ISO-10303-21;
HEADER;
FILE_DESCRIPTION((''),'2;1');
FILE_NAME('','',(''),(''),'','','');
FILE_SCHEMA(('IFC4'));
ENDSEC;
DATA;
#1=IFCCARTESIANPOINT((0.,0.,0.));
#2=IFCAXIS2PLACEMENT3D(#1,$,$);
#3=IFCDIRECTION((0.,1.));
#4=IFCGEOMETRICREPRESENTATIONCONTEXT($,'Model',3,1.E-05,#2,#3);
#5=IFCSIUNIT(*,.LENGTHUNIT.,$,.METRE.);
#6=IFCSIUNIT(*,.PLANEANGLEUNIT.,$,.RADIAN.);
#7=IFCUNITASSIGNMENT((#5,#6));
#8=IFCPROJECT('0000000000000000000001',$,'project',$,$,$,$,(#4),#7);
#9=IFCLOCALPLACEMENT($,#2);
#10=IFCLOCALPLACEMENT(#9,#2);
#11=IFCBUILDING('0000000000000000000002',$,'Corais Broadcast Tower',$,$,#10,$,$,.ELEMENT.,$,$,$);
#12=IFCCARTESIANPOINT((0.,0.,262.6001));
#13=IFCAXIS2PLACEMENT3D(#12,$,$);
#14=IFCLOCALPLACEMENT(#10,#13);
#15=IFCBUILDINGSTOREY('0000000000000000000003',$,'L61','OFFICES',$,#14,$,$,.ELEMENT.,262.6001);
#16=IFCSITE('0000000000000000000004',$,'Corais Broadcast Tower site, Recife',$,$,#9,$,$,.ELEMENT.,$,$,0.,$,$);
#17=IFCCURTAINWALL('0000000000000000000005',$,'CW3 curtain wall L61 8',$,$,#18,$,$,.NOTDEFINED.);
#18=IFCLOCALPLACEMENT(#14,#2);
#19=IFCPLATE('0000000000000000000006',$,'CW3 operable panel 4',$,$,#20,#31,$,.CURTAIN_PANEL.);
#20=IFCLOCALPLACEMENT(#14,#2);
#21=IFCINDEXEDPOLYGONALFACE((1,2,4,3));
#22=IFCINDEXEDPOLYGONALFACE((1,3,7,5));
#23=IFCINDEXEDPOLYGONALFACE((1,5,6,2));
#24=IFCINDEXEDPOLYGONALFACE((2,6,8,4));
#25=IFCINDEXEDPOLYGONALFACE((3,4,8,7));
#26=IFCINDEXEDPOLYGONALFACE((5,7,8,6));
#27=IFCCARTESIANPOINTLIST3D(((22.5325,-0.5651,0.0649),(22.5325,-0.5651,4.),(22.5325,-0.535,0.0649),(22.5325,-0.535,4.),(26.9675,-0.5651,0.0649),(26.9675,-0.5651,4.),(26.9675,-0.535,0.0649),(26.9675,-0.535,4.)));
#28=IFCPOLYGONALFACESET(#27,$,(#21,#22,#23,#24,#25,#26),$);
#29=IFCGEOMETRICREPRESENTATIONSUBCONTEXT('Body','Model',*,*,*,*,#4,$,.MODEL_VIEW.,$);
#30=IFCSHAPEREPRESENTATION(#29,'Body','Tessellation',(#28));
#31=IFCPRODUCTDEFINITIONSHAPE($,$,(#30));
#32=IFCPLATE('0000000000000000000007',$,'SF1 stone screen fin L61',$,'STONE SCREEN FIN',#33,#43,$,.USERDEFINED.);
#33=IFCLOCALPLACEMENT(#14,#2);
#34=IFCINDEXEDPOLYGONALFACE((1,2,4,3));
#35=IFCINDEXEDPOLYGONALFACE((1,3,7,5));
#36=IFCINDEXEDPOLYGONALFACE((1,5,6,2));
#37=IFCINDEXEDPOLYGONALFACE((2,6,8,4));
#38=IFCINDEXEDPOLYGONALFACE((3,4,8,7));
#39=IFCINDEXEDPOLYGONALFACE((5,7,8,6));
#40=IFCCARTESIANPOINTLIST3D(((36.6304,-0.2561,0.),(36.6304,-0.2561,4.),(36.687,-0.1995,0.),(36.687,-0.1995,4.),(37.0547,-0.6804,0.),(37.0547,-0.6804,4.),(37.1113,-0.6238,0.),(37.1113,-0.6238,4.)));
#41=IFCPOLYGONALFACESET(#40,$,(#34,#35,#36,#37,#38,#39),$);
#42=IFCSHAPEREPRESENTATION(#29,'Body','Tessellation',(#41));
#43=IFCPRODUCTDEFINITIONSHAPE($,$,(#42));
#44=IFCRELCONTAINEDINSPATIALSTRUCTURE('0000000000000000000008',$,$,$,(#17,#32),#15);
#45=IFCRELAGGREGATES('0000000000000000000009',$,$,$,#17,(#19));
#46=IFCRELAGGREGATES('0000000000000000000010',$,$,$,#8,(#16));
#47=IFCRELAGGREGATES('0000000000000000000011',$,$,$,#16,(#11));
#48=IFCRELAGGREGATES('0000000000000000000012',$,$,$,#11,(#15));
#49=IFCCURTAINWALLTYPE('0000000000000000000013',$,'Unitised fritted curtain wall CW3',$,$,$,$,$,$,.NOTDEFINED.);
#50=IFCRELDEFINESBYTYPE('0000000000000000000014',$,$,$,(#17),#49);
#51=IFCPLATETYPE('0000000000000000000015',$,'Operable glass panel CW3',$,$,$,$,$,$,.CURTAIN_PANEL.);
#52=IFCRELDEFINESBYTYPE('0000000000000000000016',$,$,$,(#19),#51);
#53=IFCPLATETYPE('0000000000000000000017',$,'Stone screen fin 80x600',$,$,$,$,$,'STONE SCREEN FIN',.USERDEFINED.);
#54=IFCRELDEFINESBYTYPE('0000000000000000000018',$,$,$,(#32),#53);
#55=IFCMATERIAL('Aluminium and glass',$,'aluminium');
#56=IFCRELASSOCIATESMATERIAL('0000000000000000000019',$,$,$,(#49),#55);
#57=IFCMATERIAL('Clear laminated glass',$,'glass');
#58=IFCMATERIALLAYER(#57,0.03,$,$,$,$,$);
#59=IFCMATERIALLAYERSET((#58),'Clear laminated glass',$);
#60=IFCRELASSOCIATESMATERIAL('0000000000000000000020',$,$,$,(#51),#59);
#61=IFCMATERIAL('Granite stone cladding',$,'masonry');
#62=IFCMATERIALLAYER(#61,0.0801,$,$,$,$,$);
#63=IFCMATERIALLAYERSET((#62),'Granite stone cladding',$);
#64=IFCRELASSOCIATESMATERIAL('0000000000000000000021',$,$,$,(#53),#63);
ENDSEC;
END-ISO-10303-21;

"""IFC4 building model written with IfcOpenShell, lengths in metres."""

from ifc_helpers import new_model, si_unit, direction, frame, origin, origin_2d, place, context, subcontext, project, spatial, rectangle, extrude, material, layer, layer_set, type_object, element, aggregate, save


model = new_model("IFC4")

# Units and contexts
model_context = context("Model", 3, precision=1e-05, world=origin(), true_north=direction((0.0, 1.0)))
body_context = subcontext(model_context, "Body", "Model", "MODEL_VIEW")
ifc_project = project(units=[si_unit("LENGTHUNIT", "METRE"), si_unit("PLANEANGLEUNIT", "RADIAN")], contexts=[model_context])

# Site, building, storey
site_placement = place(None, origin())
site = spatial("IfcSite", under=ifc_project, at=site_placement, Name="Corais Broadcast Tower site, Recife", CompositionType="ELEMENT", RefElevation=0.0)
building_placement = place(site_placement, origin())
building = spatial("IfcBuilding", under=site, at=building_placement, Name="Corais Broadcast Tower", CompositionType="ELEMENT")
storey_placement = place(building_placement, frame((0.0, 0.0, 262.6001)))
storey = spatial("IfcBuildingStorey", under=building, at=storey_placement, Name="L61", Description="OFFICES", CompositionType="ELEMENT", Elevation=262.6001)

# Shared definitions
ifc_material_1 = material(Name="Aluminium and glass", Category="aluminium")
curtain_wall_type = type_object("IfcCurtainWallType", Name="Unitised fritted curtain wall CW3", PredefinedType="NOTDEFINED", material=ifc_material_1)

# Curtain wall
curtain_wall_1_placement = place(storey_placement, origin())
curtain_wall_1 = element("IfcCurtainWall", 1, at=curtain_wall_1_placement, inside=storey, type_object=curtain_wall_type, Name="CW3 curtain wall L61 8", PredefinedType="NOTDEFINED")

# Plates
ifc_material_2 = material(Name="Clear laminated glass", Category="glass")
ifc_layer_1 = layer(ifc_material_2, 0.03)
ifc_layer_set_1 = layer_set([ifc_layer_1], Name="Clear laminated glass")
plate_type_1 = type_object("IfcPlateType", Name="Operable glass panel CW3", PredefinedType="CURTAIN_PANEL", material=ifc_layer_set_1)
plate_1_placement = place(storey_placement, frame((24.75, -0.55, 0.0649), z_axis=(0.0, 0.0, 1.0), x_axis=(-1.0, 0.0, 0.0)))
plate_1 = element("IfcPlate", 2, at=plate_1_placement, type_object=plate_type_1, Name="CW3 operable panel 4", PredefinedType="CURTAIN_PANEL", context=body_context, shape_type="SweptSolid", body=[
    extrude(rectangle(XDim=4.4351, YDim=0.03, at=origin_2d()), origin(), (0.0, 0.0, 1.0), 3.9351),
])
aggregate(curtain_wall_1, [plate_1])
ifc_material_3 = material(Name="Granite stone cladding", Category="masonry")
ifc_layer_2 = layer(ifc_material_3, 0.0801)
ifc_layer_set_2 = layer_set([ifc_layer_2], Name="Granite stone cladding")
plate_type_2 = type_object("IfcPlateType", Name="Stone screen fin 80x600", ElementType="STONE SCREEN FIN", PredefinedType="USERDEFINED", material=ifc_layer_set_2)
plate_2_placement = place(storey_placement, frame((36.8708, -0.4399, 0.0), z_axis=(0.0, 0.0, 1.0), x_axis=(-0.707107, -0.707107, 0.0)))
element("IfcPlate", 3, at=plate_2_placement, inside=storey, type_object=plate_type_2, Name="SF1 stone screen fin L61", ObjectType="STONE SCREEN FIN", PredefinedType="USERDEFINED", context=body_context, shape_type="SweptSolid", body=[
    extrude(rectangle(XDim=0.0801, YDim=0.6001, at=origin_2d()), origin(), (0.0, 0.0, 1.0), 4.0),
])

save(model, "model.ifc")
